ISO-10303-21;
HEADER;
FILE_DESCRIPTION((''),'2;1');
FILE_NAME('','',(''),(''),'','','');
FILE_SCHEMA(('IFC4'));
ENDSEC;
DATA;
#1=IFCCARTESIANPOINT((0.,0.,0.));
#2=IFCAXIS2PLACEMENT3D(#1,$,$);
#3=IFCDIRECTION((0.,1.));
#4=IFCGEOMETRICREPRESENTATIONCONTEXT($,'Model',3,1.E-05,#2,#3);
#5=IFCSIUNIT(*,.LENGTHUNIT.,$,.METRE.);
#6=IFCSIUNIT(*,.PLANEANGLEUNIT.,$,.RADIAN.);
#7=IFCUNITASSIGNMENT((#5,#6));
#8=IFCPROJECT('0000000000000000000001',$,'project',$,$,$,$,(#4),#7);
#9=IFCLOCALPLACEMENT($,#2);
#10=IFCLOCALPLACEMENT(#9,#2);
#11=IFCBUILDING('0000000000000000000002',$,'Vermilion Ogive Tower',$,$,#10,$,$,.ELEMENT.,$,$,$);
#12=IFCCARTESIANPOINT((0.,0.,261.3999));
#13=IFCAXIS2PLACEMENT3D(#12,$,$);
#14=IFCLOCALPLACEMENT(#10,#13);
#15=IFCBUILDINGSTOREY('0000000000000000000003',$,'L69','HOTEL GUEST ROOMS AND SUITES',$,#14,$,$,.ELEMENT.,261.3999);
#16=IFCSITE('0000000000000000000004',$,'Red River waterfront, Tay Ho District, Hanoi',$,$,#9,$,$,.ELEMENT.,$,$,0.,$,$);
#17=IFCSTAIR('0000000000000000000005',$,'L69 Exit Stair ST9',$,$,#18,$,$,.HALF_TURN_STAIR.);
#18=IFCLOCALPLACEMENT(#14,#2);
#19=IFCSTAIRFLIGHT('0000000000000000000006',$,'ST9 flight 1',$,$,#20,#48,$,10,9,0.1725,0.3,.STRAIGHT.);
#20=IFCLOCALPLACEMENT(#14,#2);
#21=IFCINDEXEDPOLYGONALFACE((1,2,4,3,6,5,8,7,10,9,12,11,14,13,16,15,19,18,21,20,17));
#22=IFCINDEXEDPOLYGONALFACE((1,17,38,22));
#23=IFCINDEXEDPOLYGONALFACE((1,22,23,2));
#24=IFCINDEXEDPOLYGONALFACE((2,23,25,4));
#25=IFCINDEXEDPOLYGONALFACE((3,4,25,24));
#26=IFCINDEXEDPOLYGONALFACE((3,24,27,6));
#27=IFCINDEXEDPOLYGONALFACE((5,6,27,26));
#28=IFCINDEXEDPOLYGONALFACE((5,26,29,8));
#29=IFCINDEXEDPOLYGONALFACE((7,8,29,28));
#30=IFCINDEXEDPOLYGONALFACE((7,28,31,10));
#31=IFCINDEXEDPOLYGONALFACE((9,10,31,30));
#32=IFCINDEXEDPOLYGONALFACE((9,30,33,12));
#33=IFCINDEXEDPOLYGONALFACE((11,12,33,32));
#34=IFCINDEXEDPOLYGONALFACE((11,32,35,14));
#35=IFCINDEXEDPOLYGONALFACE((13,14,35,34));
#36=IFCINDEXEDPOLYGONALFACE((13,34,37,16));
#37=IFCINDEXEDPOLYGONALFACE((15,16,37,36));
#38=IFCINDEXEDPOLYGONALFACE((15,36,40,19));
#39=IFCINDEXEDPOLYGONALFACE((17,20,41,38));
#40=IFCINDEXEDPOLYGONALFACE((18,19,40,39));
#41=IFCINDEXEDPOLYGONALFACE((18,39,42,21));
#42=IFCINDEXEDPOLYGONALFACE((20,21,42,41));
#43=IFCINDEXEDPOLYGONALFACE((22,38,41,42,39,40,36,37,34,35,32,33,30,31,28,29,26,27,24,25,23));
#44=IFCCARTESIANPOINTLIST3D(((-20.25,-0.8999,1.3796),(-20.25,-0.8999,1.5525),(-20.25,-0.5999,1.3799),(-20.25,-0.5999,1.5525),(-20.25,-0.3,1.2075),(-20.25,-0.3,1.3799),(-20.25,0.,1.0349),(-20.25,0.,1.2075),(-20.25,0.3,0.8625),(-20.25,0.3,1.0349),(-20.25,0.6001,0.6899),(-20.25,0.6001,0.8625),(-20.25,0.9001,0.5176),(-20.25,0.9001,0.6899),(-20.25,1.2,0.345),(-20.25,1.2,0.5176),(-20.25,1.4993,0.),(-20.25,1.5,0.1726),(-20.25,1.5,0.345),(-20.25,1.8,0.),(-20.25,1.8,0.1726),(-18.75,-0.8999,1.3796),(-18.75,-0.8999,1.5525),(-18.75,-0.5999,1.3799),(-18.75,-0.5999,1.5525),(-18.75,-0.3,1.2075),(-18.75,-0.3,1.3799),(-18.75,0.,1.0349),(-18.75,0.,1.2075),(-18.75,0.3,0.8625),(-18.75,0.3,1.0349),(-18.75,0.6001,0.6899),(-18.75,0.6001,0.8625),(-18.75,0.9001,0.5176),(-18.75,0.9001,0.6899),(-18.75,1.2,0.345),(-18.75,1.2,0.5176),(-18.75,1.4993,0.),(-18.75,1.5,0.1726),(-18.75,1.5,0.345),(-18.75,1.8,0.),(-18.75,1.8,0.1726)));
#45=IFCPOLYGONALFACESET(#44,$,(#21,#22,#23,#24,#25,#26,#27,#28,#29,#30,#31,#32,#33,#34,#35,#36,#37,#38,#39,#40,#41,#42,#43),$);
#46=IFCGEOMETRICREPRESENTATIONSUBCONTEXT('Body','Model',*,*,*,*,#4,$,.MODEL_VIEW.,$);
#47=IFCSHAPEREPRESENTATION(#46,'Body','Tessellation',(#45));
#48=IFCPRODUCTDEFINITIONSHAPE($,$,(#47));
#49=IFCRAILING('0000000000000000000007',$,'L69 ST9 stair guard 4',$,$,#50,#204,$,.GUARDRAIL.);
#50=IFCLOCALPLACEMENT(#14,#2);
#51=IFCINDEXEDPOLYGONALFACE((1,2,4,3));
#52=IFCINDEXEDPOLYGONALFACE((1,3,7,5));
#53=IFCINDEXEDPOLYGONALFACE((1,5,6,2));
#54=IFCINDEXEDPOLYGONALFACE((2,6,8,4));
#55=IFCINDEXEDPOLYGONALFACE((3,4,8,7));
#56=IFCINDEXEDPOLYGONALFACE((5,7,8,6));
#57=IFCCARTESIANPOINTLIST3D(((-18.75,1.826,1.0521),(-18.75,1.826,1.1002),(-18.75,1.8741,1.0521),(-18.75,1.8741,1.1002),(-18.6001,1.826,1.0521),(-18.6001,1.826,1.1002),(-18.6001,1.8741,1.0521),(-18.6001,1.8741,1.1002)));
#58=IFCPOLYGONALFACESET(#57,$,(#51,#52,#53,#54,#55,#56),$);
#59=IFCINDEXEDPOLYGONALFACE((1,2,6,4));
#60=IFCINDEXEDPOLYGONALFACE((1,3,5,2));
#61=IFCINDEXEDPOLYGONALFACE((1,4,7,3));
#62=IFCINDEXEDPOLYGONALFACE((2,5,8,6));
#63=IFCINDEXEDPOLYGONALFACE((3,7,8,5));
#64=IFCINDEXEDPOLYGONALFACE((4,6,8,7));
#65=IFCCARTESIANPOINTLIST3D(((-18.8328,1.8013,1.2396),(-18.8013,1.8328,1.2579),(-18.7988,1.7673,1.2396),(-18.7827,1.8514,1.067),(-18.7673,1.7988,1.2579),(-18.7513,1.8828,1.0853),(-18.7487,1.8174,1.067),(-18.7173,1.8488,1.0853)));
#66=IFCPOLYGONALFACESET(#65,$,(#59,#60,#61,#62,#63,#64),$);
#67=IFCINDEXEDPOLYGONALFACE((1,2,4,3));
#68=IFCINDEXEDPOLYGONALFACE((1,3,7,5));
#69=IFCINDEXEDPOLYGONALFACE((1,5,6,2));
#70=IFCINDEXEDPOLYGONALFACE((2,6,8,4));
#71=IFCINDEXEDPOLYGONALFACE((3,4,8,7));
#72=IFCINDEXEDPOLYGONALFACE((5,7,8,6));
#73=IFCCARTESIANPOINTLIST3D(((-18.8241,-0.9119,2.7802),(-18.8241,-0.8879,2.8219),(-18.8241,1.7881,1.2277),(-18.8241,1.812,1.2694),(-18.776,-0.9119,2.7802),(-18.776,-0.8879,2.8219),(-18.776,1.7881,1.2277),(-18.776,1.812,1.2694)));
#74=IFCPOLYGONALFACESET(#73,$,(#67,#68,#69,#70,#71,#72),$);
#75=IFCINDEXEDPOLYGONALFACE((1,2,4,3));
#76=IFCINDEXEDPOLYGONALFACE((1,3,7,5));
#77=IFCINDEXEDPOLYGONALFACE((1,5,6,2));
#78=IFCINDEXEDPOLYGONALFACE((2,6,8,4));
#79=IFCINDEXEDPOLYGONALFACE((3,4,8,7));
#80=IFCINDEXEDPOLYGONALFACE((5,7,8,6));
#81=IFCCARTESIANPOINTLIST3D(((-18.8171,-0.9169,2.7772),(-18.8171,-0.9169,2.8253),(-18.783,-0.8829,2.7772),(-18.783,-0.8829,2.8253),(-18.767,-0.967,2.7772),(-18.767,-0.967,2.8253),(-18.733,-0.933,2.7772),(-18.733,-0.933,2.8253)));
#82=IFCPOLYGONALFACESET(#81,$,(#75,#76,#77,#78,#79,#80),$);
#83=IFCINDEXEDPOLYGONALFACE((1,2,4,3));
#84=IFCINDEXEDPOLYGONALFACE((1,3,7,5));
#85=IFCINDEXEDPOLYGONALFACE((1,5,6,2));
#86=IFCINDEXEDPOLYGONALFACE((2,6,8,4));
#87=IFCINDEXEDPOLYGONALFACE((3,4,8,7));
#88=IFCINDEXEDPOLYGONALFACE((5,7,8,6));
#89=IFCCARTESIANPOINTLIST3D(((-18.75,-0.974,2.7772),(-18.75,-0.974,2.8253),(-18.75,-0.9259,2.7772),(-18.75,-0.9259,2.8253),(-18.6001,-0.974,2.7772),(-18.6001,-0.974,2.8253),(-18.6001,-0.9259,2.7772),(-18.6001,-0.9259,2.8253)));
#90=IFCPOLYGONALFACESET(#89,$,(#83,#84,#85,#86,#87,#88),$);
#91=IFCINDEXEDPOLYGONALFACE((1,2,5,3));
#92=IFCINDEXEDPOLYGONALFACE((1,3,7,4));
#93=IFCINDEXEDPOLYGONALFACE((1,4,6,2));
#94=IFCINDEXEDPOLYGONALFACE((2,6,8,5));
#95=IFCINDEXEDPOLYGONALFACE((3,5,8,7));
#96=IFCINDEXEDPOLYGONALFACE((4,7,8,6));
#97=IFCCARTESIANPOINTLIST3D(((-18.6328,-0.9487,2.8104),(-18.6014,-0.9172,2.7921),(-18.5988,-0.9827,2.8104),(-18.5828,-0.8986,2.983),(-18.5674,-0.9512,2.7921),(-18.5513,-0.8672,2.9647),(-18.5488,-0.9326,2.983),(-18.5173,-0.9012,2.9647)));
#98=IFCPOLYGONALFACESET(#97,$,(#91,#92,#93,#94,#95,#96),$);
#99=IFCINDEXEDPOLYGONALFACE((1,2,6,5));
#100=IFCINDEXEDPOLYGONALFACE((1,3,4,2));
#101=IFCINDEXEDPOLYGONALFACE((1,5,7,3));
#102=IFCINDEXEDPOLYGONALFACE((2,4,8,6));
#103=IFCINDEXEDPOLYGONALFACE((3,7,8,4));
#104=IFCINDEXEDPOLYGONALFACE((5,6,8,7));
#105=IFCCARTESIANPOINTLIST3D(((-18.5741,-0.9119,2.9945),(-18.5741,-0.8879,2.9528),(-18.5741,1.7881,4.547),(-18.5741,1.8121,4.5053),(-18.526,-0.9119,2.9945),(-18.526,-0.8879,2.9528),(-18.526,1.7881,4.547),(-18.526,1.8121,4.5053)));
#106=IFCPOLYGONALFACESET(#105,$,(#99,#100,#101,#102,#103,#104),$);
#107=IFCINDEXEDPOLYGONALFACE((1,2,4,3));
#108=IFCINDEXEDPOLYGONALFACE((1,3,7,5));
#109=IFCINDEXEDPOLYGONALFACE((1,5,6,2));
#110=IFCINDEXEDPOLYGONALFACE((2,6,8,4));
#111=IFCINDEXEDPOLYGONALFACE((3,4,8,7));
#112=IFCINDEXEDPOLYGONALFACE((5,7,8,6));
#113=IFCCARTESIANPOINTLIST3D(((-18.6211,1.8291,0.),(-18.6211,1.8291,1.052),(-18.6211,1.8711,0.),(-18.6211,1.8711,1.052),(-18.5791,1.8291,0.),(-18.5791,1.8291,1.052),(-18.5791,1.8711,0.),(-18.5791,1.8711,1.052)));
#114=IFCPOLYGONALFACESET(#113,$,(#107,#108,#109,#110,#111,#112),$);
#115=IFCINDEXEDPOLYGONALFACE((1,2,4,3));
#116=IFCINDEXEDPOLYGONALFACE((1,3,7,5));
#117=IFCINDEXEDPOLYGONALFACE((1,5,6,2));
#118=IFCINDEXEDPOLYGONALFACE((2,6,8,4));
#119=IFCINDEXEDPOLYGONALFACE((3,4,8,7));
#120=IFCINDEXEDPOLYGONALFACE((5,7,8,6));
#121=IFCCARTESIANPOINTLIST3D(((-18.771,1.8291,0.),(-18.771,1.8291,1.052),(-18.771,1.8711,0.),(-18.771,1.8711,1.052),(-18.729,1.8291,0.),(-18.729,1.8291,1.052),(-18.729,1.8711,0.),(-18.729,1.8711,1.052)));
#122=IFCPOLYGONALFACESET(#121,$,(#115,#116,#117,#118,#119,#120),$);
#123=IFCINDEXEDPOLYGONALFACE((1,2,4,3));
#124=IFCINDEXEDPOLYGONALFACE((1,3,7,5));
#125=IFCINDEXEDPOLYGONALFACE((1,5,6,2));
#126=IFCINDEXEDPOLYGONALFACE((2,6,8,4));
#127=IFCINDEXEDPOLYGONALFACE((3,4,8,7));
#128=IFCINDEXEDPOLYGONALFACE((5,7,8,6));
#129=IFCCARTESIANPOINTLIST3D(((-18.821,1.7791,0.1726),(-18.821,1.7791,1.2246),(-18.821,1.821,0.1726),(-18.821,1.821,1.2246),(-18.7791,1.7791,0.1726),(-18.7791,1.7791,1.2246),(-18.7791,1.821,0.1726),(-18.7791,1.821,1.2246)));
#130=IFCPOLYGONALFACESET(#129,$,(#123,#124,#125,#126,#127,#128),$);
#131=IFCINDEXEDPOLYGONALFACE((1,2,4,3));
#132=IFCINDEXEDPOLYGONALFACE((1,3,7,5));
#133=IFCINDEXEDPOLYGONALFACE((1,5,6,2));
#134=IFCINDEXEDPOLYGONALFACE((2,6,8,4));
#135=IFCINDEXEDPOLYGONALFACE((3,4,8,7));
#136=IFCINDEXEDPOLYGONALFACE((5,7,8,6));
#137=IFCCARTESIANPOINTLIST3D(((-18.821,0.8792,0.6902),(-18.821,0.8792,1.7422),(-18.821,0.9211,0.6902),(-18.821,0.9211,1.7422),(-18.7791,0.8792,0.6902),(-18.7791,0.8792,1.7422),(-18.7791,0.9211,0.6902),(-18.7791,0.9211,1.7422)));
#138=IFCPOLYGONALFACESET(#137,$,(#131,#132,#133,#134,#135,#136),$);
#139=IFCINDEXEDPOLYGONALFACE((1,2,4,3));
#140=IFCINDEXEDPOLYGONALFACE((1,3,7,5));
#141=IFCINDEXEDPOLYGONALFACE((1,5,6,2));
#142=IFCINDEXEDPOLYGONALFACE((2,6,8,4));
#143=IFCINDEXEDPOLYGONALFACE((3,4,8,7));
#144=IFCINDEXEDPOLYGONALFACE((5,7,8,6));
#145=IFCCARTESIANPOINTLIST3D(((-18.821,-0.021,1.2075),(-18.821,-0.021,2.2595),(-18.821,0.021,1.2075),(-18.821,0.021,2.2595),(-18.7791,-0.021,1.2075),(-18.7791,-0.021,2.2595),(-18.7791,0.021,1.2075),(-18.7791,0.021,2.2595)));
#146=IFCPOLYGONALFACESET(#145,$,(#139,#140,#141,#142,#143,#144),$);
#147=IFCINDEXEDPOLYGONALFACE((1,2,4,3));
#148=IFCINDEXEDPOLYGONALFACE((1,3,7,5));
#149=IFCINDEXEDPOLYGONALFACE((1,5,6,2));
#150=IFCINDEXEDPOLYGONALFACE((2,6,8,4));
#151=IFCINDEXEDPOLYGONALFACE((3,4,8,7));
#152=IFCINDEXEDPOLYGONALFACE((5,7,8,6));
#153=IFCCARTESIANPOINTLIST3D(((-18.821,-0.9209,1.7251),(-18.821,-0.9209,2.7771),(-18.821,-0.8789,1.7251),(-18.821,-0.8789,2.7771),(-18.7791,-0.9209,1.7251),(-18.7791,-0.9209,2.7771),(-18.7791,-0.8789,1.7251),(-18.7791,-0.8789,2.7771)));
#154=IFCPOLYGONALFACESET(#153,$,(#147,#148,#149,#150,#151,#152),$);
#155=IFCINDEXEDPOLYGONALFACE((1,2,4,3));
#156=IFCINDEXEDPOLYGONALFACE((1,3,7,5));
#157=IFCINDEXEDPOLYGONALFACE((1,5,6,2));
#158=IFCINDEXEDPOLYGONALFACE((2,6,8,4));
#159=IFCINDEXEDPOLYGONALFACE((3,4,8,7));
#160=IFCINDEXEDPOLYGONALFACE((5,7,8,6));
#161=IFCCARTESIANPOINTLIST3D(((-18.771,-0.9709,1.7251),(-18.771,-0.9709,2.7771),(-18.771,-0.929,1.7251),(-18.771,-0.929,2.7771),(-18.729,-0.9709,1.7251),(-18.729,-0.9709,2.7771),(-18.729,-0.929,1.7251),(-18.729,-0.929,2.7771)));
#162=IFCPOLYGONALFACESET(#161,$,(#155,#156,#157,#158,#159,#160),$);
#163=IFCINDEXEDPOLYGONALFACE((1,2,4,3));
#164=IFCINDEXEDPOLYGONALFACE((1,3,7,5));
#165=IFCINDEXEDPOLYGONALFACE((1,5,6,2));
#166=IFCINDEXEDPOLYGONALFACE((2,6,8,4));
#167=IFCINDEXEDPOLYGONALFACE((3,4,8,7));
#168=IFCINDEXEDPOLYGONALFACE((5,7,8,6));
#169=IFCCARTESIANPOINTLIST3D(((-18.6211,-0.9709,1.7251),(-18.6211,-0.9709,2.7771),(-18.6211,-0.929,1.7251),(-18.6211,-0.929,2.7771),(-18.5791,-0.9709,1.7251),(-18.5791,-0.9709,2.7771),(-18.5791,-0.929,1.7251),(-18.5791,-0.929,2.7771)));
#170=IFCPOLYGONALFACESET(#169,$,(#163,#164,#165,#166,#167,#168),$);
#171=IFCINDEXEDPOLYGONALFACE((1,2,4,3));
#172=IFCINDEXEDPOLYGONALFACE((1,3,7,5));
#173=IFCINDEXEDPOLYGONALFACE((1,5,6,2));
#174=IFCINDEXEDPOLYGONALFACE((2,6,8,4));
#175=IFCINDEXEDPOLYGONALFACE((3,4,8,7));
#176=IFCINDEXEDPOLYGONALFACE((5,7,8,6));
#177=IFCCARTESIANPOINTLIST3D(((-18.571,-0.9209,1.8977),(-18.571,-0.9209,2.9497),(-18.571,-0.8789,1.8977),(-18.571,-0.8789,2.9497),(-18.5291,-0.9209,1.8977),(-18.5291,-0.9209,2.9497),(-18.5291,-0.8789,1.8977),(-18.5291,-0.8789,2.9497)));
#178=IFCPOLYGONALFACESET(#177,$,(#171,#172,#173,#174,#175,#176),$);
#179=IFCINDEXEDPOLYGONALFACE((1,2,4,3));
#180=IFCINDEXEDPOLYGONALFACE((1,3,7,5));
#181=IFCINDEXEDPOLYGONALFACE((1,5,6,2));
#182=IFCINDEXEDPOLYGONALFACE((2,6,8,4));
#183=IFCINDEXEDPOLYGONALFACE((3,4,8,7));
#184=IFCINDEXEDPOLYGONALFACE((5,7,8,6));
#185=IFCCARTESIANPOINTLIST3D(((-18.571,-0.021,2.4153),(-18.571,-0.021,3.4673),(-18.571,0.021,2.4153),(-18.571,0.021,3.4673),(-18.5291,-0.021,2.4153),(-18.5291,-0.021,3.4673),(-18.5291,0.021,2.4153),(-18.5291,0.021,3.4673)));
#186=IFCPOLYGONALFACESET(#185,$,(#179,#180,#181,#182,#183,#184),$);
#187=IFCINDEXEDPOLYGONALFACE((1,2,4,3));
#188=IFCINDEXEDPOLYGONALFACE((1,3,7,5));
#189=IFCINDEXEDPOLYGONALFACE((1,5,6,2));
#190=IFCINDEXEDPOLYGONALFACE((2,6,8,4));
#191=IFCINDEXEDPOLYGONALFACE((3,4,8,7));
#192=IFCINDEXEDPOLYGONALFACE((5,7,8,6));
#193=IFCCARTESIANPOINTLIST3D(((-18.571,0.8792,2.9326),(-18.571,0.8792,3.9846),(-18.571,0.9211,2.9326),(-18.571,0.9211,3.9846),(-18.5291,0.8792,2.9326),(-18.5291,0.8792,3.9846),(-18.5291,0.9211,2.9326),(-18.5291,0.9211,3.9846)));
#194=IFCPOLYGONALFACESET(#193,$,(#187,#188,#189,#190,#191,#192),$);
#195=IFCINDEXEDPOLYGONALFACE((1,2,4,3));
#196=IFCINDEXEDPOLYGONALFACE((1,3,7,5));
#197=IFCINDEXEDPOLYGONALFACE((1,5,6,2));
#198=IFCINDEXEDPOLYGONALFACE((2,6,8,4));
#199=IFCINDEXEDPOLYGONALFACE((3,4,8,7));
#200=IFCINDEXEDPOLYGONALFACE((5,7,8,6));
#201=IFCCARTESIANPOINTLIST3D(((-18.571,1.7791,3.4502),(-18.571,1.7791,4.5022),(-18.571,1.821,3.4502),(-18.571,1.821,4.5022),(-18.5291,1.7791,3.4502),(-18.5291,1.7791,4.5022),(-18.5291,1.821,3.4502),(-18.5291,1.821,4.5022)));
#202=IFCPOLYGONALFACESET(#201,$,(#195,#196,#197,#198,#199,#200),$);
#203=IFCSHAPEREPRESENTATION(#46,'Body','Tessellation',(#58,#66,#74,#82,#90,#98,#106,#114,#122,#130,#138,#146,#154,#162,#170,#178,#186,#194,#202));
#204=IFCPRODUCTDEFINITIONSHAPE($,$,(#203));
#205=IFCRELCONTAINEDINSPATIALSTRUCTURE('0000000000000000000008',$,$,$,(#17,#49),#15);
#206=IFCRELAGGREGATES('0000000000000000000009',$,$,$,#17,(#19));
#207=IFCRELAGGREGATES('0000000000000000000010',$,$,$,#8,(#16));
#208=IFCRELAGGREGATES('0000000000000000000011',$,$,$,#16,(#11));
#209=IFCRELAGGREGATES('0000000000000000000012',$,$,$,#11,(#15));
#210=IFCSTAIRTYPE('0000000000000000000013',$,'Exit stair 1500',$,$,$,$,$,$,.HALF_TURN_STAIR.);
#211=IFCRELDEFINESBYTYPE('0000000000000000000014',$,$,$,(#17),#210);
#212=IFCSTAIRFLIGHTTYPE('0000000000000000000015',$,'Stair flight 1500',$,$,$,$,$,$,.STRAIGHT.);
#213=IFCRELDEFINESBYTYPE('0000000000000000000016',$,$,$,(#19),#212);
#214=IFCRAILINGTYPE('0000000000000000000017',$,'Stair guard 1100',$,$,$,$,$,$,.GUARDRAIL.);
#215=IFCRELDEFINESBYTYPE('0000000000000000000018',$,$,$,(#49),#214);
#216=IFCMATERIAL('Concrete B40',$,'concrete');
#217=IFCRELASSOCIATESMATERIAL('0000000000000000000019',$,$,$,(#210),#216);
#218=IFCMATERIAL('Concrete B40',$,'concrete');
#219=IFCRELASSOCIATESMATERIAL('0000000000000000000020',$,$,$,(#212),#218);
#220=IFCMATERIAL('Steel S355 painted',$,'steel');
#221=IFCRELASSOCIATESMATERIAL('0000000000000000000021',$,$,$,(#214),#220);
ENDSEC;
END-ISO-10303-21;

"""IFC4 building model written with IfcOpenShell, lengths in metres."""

from ifc_helpers import new_model, si_unit, direction, frame, origin, origin_2d, place, context, subcontext, project, spatial, polyline, rectangle, outline, extrude, material, type_object, element, aggregate, save


model = new_model("IFC4")

# Units and contexts
model_context = context("Model", 3, precision=1e-05, world=origin(), true_north=direction((0.0, 1.0)))
body_context = subcontext(model_context, "Body", "Model", "MODEL_VIEW")
ifc_project = project(units=[si_unit("LENGTHUNIT", "METRE"), si_unit("PLANEANGLEUNIT", "RADIAN")], contexts=[model_context])

# Site, building, storey
site_placement = place(None, origin())
site = spatial("IfcSite", under=ifc_project, at=site_placement, Name="Red River waterfront, Tay Ho District, Hanoi", CompositionType="ELEMENT", RefElevation=0.0)
building_placement = place(site_placement, origin())
building = spatial("IfcBuilding", under=site, at=building_placement, Name="Vermilion Ogive Tower", CompositionType="ELEMENT")
storey_placement = place(building_placement, frame((0.0, 0.0, 261.3999)))
storey = spatial("IfcBuildingStorey", under=building, at=storey_placement, Name="L69", Description="HOTEL GUEST ROOMS AND SUITES", CompositionType="ELEMENT", Elevation=261.3999)

# Stair, stair flight
ifc_material_1 = material(Name="Concrete B40", Category="concrete")
stair_type = type_object("IfcStairType", Name="Exit stair 1500", PredefinedType="HALF_TURN_STAIR", material=ifc_material_1)
stair_placement = place(storey_placement, origin())
stair = element("IfcStair", 1, at=stair_placement, inside=storey, type_object=stair_type, Name="L69 Exit Stair ST9", PredefinedType="HALF_TURN_STAIR")
ifc_material_2 = material(Name="Concrete B40", Category="concrete")
stair_flight_type = type_object("IfcStairFlightType", Name="Stair flight 1500", PredefinedType="STRAIGHT", material=ifc_material_2)
stair_flight_placement = place(storey_placement, frame((-19.5, 1.8, 0.0), z_axis=(0.0, 0.0, 1.0), x_axis=(0.0, -1.0, 0.0)))
stair_flight = element("IfcStairFlight", 2, at=stair_flight_placement, type_object=stair_flight_type, Name="ST9 flight 1", NumberOfRisers=10, NumberOfTreads=9, PredefinedType="STRAIGHT", RiserHeight=0.1725, TreadLength=0.3, context=body_context, shape_type="SweptSolid", body=[
    extrude(outline(polyline([(0.0, 0.0), (0.0, 0.1726), (0.3, 0.1726), (0.3, 0.345), (0.6001, 0.345), (0.6001, 0.5176), (0.8999, 0.5176), (0.8999, 0.6899), (1.2, 0.6899), (1.2, 0.8625), (1.5, 0.8625), (1.5, 1.0349), (1.8, 1.0349), (1.8, 1.2075), (2.1001, 1.2075), (2.1001, 1.3799), (2.3999, 1.3799), (2.3999, 1.5525), (2.7, 1.5525), (2.7, 1.7251), (2.7, 1.3796), (0.3008, 0.0), (0.0, 0.0)])), frame((0.0, 0.75, 0.0), z_axis=(0.0, -1.0, 0.0), x_axis=(1.0, 0.0, 0.0)), (0.0, 0.0, 1.0), 1.5),
])
aggregate(stair, [stair_flight])

# Railing
ifc_material_3 = material(Name="Steel S355 painted", Category="steel")
railing_type_1 = type_object("IfcRailingType", Name="Stair guard 1100", PredefinedType="GUARDRAIL", material=ifc_material_3)
railing_1_placement = place(storey_placement, frame((-18.6001, 1.8501, 0.0)))
element("IfcRailing", 3, at=railing_1_placement, inside=storey, type_object=railing_type_1, Name="L69 ST9 stair guard 4", PredefinedType="GUARDRAIL", context=body_context, shape_type="SweptSolid", body=[
    extrude(rectangle(XDim=0.0481, YDim=0.0481, at=origin_2d()), frame((0.0, 0.0, 1.0762), z_axis=(-1.0, 0.0, 0.0), x_axis=(0.0, -1.0, 0.0)), (0.0, 0.0, 1.0), 0.1499),
    extrude(rectangle(XDim=0.0481, YDim=0.0481, at=origin_2d()), frame((-0.1499, 0.0, 1.0762), z_axis=(-0.268278, -0.268278, 0.925232), x_axis=(0.707107, -0.707107, 0.0)), (0.0, 0.0, 1.0), 0.1865),
    extrude(rectangle(XDim=0.0481, YDim=0.0481, at=origin_2d()), frame((-0.2, -0.05, 1.2485), z_axis=(0.0, -0.866904, 0.498476), x_axis=(1.0, 0.0, 0.0)), (0.0, 0.0, 1.0), 3.1145),
    extrude(rectangle(XDim=0.0481, YDim=0.0481, at=origin_2d()), frame((-0.2, -2.75, 2.8013), z_axis=(0.707107, -0.707107, 0.0), x_axis=(0.707107, 0.707107, 0.0)), (0.0, 0.0, 1.0), 0.0708),
    extrude(rectangle(XDim=0.0481, YDim=0.0481, at=origin_2d()), frame((-0.1499, -2.8, 2.8013), z_axis=(1.0, 0.0, 0.0), x_axis=(0.0, 1.0, 0.0)), (0.0, 0.0, 1.0), 0.1499),
    extrude(rectangle(XDim=0.0481, YDim=0.0481, at=origin_2d()), frame((0.0, -2.8, 2.8013), z_axis=(0.268278, 0.268278, 0.925232), x_axis=(-0.707107, 0.707107, 0.0)), (0.0, 0.0, 1.0), 0.1865),
    extrude(rectangle(XDim=0.0481, YDim=0.0481, at=origin_2d()), frame((0.05, -2.75, 2.9736), z_axis=(0.0, 0.866904, 0.498476), x_axis=(-1.0, 0.0, 0.0)), (0.0, 0.0, 1.0), 3.1145),
    extrude(rectangle(XDim=0.042, YDim=0.042, at=origin_2d()), origin(), (0.0, 0.0, 1.0), 1.052),
    extrude(rectangle(XDim=0.042, YDim=0.042, at=origin_2d()), frame((-0.1499, 0.0, 0.0)), (0.0, 0.0, 1.0), 1.052),
    extrude(rectangle(XDim=0.042, YDim=0.042, at=origin_2d()), frame((-0.2, -0.05, 0.1726)), (0.0, 0.0, 1.0), 1.052),
    extrude(rectangle(XDim=0.042, YDim=0.042, at=origin_2d()), frame((-0.2, -0.95, 0.6902)), (0.0, 0.0, 1.0), 1.052),
    extrude(rectangle(XDim=0.042, YDim=0.042, at=origin_2d()), frame((-0.2, -1.8501, 1.2075)), (0.0, 0.0, 1.0), 1.052),
    extrude(rectangle(XDim=0.042, YDim=0.042, at=origin_2d()), frame((-0.2, -2.75, 1.7251)), (0.0, 0.0, 1.0), 1.052),
    extrude(rectangle(XDim=0.042, YDim=0.042, at=origin_2d()), frame((-0.1499, -2.8, 1.7251)), (0.0, 0.0, 1.0), 1.052),
    extrude(rectangle(XDim=0.042, YDim=0.042, at=origin_2d()), frame((0.0, -2.8, 1.7251)), (0.0, 0.0, 1.0), 1.052),
    extrude(rectangle(XDim=0.042, YDim=0.042, at=origin_2d()), frame((0.05, -2.75, 1.8977)), (0.0, 0.0, 1.0), 1.052),
    extrude(rectangle(XDim=0.042, YDim=0.042, at=origin_2d()), frame((0.05, -1.8501, 2.4153)), (0.0, 0.0, 1.0), 1.052),
    extrude(rectangle(XDim=0.042, YDim=0.042, at=origin_2d()), frame((0.05, -0.95, 2.9326)), (0.0, 0.0, 1.0), 1.052),
    extrude(rectangle(XDim=0.042, YDim=0.042, at=origin_2d()), frame((0.05, -0.05, 3.4502)), (0.0, 0.0, 1.0), 1.052),
])

save(model, "model.ifc")
